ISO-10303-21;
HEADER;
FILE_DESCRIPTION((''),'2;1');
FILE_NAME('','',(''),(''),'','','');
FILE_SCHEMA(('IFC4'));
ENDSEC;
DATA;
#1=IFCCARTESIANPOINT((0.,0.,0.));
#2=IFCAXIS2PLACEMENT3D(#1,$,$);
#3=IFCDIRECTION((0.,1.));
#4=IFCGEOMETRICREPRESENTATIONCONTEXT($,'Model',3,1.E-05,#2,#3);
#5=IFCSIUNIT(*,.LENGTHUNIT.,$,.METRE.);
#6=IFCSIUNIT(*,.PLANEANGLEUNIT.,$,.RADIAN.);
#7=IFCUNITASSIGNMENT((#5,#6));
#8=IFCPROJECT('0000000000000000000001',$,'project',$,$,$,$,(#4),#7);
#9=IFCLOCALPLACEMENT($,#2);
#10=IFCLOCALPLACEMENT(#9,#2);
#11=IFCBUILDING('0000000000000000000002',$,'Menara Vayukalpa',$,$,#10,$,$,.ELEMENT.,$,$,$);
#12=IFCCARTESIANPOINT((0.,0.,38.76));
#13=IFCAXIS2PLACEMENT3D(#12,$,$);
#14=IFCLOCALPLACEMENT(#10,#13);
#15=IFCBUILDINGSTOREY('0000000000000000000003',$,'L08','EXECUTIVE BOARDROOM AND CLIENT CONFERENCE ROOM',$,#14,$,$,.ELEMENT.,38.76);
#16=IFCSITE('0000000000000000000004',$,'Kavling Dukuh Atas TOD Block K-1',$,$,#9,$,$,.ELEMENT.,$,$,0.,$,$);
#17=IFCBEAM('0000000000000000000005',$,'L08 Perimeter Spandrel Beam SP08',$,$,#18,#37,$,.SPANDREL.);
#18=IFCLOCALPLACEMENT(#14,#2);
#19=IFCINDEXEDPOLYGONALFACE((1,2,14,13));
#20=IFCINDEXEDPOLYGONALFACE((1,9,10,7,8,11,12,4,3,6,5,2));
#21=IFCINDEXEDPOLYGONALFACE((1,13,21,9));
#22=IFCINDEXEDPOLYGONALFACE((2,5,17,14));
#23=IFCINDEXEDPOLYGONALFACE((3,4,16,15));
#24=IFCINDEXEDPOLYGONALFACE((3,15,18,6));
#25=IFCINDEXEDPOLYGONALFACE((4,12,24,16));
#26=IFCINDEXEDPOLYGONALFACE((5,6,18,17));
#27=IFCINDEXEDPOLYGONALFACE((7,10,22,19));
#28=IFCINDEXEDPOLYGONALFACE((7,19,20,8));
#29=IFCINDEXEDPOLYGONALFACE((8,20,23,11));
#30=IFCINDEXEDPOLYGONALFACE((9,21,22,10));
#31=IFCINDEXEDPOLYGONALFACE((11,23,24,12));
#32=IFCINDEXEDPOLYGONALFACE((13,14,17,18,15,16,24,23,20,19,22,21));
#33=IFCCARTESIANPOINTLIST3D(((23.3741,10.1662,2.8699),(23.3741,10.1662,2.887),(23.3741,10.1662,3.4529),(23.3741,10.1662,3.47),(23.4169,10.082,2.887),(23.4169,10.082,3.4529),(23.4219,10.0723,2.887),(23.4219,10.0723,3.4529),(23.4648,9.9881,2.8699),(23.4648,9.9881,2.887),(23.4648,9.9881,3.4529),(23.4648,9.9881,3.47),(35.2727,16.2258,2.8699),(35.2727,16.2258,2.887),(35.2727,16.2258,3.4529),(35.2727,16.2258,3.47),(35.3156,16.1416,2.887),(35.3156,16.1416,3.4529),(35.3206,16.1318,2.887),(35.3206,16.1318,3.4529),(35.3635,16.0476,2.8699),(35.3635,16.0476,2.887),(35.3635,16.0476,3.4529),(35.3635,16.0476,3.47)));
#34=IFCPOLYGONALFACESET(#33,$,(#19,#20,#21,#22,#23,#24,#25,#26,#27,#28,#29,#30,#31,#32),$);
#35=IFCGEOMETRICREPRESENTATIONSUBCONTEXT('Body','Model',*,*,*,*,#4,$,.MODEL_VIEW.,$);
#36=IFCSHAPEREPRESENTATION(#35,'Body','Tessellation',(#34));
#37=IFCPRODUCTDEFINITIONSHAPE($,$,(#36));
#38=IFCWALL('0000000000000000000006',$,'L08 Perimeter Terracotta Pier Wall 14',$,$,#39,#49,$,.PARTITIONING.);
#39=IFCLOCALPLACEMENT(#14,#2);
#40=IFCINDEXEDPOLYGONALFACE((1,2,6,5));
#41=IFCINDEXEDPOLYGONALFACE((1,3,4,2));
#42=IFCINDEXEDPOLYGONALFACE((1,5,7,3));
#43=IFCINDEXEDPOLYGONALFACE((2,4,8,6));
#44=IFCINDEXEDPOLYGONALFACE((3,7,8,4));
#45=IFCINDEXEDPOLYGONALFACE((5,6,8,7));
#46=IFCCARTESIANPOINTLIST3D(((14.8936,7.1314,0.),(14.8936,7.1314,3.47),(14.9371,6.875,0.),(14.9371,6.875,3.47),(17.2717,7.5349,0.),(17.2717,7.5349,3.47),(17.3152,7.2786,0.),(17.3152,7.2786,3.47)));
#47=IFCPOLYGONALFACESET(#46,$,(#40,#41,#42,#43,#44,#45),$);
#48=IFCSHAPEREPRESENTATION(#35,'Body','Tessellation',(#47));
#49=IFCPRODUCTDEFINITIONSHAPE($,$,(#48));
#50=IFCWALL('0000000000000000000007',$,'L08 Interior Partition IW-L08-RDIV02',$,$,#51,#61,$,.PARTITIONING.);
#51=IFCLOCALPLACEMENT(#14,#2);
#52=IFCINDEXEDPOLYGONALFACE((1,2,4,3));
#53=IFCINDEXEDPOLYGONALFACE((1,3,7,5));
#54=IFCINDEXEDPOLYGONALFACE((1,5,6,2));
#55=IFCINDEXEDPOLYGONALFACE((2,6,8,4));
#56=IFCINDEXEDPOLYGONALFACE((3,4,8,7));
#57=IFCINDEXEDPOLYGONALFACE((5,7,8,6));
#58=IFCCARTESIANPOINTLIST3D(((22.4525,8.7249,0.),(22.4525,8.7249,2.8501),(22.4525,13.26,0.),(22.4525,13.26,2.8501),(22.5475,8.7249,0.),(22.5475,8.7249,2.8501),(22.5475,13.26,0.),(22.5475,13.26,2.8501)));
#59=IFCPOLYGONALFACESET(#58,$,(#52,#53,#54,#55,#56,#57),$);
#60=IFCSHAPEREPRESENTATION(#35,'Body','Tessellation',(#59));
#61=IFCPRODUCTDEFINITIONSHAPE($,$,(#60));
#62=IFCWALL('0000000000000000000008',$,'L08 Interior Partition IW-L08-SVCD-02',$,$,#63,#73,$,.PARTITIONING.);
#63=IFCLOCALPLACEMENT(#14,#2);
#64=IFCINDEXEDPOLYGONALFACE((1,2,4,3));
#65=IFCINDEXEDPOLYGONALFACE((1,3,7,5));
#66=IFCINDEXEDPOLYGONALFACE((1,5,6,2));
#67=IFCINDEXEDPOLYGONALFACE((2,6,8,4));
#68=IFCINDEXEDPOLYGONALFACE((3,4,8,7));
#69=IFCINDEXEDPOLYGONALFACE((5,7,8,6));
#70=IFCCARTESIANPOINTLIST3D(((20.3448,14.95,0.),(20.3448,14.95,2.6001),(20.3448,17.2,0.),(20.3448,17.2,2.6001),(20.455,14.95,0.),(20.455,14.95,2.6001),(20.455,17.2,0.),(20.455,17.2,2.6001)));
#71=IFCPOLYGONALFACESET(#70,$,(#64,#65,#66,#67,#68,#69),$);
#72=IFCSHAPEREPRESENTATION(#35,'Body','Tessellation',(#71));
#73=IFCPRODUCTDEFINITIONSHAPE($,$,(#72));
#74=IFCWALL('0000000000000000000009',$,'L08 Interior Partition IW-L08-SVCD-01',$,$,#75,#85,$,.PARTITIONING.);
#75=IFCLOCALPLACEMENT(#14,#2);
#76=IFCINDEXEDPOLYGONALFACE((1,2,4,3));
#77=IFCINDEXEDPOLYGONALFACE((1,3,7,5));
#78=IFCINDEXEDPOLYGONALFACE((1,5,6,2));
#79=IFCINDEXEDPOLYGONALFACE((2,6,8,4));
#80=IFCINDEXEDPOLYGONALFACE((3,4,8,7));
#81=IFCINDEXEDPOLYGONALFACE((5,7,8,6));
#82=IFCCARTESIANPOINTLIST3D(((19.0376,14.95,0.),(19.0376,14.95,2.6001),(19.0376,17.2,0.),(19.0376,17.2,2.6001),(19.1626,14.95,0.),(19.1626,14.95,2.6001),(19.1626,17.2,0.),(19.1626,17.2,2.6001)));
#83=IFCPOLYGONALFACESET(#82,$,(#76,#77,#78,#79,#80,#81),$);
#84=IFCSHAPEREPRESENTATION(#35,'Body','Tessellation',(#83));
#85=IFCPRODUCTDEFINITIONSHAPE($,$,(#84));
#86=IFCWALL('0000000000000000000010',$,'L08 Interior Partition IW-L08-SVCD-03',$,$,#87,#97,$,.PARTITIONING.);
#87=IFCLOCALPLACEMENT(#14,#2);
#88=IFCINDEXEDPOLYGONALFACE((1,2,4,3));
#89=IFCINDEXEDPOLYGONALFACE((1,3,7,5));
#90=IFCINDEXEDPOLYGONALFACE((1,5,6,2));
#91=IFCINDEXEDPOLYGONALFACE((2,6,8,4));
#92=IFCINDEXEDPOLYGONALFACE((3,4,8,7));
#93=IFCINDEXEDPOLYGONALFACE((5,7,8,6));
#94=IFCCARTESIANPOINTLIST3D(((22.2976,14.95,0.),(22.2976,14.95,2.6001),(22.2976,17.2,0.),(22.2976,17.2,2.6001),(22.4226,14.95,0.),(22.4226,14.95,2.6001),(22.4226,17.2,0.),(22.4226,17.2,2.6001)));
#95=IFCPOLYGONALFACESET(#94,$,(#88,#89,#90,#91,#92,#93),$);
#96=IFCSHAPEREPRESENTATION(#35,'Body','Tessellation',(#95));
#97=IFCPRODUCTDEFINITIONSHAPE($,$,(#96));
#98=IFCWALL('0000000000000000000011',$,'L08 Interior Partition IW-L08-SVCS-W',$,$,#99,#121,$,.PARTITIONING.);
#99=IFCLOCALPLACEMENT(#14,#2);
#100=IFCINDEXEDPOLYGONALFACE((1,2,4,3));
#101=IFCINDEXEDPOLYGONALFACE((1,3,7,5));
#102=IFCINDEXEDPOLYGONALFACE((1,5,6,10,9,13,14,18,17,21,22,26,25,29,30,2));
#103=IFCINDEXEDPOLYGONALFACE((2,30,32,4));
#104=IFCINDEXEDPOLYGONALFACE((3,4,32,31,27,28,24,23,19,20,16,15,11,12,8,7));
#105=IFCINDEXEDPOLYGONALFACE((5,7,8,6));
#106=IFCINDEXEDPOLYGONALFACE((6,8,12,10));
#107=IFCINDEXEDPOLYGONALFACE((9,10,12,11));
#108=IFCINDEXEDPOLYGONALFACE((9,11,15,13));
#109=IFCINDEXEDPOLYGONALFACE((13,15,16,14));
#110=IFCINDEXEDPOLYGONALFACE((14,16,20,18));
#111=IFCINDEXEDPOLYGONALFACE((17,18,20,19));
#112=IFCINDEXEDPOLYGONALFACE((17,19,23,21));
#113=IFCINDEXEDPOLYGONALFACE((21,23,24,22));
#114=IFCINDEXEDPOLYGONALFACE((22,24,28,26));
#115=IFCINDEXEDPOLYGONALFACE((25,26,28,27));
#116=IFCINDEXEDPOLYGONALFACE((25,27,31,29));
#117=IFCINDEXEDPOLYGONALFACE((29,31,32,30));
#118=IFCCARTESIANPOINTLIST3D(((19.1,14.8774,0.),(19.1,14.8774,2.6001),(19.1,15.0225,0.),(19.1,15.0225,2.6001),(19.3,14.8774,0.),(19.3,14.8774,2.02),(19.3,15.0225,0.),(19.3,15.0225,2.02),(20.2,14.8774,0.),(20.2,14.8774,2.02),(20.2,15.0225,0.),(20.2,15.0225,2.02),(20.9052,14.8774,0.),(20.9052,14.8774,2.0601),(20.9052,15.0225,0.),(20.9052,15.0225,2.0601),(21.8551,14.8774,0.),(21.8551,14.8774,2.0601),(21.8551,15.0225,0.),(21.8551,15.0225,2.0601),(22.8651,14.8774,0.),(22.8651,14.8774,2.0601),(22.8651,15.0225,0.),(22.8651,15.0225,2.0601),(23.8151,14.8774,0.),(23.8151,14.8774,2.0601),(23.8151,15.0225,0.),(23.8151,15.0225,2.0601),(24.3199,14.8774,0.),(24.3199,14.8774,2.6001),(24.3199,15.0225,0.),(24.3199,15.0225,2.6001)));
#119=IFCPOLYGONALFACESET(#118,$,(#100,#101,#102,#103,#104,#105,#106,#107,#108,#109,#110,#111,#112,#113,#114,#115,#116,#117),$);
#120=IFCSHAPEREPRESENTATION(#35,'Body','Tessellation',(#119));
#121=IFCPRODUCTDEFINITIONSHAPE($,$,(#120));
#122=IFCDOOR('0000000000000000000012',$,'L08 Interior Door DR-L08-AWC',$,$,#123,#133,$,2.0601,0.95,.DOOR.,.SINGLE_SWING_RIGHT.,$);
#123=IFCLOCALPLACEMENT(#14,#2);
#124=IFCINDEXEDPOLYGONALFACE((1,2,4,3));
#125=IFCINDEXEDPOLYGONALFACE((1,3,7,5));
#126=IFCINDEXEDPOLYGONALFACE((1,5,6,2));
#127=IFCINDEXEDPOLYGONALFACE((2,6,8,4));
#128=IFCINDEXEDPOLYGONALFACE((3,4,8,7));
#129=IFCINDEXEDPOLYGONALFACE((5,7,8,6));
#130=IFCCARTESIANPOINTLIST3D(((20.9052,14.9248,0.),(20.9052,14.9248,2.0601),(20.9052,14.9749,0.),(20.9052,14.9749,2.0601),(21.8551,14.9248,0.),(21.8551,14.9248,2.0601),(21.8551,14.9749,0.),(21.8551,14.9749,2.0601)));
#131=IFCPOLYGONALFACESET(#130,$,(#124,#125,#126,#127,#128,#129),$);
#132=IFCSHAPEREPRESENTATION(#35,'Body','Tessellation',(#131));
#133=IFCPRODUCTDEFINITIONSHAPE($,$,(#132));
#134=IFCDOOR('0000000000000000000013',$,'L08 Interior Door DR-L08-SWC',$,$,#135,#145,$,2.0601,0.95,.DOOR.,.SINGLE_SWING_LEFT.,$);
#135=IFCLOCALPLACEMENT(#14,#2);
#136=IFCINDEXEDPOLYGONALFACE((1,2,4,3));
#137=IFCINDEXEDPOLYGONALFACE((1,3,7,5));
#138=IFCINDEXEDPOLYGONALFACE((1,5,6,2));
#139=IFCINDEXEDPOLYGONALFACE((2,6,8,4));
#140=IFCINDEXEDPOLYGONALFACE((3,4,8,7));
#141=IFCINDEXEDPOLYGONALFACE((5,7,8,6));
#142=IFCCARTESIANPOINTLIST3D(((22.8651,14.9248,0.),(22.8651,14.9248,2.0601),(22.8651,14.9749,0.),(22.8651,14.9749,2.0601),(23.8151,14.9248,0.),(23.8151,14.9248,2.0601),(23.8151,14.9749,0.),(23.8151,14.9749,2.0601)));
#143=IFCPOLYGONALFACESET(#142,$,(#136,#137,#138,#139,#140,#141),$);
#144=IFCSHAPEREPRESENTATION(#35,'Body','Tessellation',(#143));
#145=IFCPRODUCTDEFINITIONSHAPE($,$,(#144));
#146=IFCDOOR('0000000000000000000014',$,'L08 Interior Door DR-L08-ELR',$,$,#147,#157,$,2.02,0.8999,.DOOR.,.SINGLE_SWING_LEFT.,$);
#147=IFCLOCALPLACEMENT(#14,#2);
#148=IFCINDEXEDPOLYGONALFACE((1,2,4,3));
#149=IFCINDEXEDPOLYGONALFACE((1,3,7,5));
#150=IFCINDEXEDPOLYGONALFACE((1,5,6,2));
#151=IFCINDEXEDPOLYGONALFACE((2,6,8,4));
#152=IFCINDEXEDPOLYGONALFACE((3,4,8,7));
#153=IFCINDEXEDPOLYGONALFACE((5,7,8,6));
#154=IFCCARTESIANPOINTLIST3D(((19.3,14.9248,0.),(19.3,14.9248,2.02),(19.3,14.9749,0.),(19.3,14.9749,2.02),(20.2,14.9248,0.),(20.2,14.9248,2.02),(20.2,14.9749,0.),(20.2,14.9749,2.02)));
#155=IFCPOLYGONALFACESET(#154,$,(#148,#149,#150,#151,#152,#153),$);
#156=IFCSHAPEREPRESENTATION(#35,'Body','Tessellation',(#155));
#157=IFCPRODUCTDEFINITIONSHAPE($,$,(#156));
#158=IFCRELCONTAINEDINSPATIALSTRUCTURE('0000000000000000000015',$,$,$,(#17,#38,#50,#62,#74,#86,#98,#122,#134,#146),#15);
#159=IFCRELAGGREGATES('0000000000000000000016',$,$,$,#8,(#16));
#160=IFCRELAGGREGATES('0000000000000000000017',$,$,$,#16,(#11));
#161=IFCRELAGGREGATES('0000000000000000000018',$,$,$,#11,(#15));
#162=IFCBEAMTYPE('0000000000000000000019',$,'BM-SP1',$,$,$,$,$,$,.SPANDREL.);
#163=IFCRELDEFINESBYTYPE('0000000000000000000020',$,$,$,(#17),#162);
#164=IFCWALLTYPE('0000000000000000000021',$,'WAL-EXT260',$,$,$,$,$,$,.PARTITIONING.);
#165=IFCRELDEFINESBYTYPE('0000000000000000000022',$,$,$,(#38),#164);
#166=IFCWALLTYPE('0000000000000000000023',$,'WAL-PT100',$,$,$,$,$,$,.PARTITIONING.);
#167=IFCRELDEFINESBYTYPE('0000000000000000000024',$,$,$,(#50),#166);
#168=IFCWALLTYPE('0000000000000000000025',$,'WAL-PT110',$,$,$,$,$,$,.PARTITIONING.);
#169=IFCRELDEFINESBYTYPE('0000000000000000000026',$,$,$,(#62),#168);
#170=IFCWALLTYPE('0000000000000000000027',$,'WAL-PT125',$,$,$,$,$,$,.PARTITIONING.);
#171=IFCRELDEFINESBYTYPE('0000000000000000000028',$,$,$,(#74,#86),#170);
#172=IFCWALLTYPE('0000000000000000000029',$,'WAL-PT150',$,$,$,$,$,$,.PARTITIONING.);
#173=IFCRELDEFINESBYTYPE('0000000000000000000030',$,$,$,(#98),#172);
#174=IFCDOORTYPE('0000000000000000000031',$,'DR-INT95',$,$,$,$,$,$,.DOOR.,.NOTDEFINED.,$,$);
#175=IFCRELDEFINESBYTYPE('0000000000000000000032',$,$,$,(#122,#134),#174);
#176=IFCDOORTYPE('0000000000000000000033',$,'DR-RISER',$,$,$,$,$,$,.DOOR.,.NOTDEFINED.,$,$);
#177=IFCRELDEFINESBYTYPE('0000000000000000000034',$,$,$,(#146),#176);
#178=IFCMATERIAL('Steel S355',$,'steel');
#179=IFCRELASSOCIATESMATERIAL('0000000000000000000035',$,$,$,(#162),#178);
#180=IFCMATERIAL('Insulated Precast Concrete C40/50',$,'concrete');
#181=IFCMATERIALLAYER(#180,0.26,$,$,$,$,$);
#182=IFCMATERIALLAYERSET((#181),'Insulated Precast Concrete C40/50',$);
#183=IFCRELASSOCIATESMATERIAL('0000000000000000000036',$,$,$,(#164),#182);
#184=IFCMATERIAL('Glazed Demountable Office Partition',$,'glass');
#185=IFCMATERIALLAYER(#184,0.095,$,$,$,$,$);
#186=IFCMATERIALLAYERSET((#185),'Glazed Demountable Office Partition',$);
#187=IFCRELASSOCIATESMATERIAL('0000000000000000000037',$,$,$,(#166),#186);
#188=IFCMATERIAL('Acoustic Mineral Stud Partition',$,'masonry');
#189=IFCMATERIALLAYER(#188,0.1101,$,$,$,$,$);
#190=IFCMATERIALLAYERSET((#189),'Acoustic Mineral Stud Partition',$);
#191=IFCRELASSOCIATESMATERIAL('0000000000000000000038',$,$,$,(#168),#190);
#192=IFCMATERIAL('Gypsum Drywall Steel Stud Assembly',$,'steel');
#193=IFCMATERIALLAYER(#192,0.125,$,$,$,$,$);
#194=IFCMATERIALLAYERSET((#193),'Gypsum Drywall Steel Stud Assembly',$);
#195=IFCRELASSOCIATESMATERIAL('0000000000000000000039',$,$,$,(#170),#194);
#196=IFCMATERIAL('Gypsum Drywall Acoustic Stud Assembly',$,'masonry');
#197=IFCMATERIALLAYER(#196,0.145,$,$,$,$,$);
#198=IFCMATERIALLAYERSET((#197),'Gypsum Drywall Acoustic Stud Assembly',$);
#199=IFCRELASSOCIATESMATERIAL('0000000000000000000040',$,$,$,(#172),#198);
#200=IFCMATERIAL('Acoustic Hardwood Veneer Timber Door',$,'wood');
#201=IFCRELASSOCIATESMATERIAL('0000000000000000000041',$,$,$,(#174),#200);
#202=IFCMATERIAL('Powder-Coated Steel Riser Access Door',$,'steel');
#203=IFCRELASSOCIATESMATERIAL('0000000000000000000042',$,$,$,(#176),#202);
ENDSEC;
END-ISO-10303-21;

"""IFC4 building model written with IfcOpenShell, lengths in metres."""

from ifc_helpers import new_model, si_unit, direction, frame, frame_2d, origin, origin_2d, place, context, subcontext, project, spatial, rectangle, i_section, extrude, material, layer, layer_set, material_profile, profile_set, type_object, element, fill, save


model = new_model("IFC4")

# Units and contexts
model_context = context("Model", 3, precision=1e-05, world=origin(), true_north=direction((0.0, 1.0)))
body_context = subcontext(model_context, "Body", "Model", "MODEL_VIEW")
ifc_project = project(units=[si_unit("LENGTHUNIT", "METRE"), si_unit("PLANEANGLEUNIT", "RADIAN")], contexts=[model_context])

# Site, building, storey
site_placement = place(None, origin())
site = spatial("IfcSite", under=ifc_project, at=site_placement, Name="Kavling Dukuh Atas TOD Block K-1", CompositionType="ELEMENT", RefElevation=0.0)
building_placement = place(site_placement, origin())
building = spatial("IfcBuilding", under=site, at=building_placement, Name="Menara Vayukalpa", CompositionType="ELEMENT")
storey_placement = place(building_placement, frame((0.0, 0.0, 38.76)))
storey = spatial("IfcBuildingStorey", under=building, at=storey_placement, Name="L08", Description="EXECUTIVE BOARDROOM AND CLIENT CONFERENCE ROOM", CompositionType="ELEMENT", Elevation=38.76)

# Beam
ifc_material_1 = material(Name="Steel S355", Category="steel")
ifc_material_profile_1 = material_profile(ifc_material_1, i_section(OverallWidth=0.2, OverallDepth=0.6001, WebThickness=0.011, FlangeThickness=0.0171, at=origin_2d()), Name="WF 600x200x11x17")
ifc_profile_set_1 = profile_set([ifc_material_profile_1], Name="Steel S355")
beam_type_1 = type_object("IfcBeamType", Name="BM-SP1", PredefinedType="SPANDREL", material=ifc_profile_set_1)
beam_1_placement = place(storey_placement, frame((23.4194, 10.0771, 3.1699), z_axis=(0.891101, 0.453806, 0.0), x_axis=(-0.453806, 0.891101, 0.0)))
element("IfcBeam", 1, at=beam_1_placement, inside=storey, type_object=beam_type_1, Name="L08 Perimeter Spandrel Beam SP08", PredefinedType="SPANDREL", context=body_context, shape_type="SweptSolid", body=[
    extrude(i_section(OverallWidth=0.2, OverallDepth=0.6001, WebThickness=0.011, FlangeThickness=0.0171, at=origin_2d()), origin(), (0.0, 0.0, 1.0), 13.3528),
])

# Walls
ifc_material_2 = material(Name="Insulated Precast Concrete C40/50", Category="concrete")
ifc_layer_1 = layer(ifc_material_2, 0.26)
ifc_layer_set_1 = layer_set([ifc_layer_1], Name="Insulated Precast Concrete C40/50")
wall_type_1 = type_object("IfcWallType", Name="WAL-EXT260", PredefinedType="PARTITIONING", material=ifc_layer_set_1)
wall_1_placement = place(storey_placement, frame((17.2935, 7.4067, 0.0), z_axis=(0.0, 0.0, 1.0), x_axis=(-0.985905, -0.167303, 0.0)))
element("IfcWall", 2, at=wall_1_placement, inside=storey, type_object=wall_type_1, Name="L08 Perimeter Terracotta Pier Wall 14", PredefinedType="PARTITIONING", context=body_context, shape_type="SweptSolid", body=[
    extrude(rectangle(XDim=2.4121, YDim=0.26, at=frame_2d((1.2061, 0.0))), origin(), (0.0, 0.0, 1.0), 3.47),
])
ifc_material_3 = material(Name="Glazed Demountable Office Partition", Category="glass")
ifc_layer_2 = layer(ifc_material_3, 0.095)
ifc_layer_set_2 = layer_set([ifc_layer_2], Name="Glazed Demountable Office Partition")
wall_type_2 = type_object("IfcWallType", Name="WAL-PT100", PredefinedType="PARTITIONING", material=ifc_layer_set_2)
wall_2_placement = place(storey_placement, frame((22.5, 8.7249, 0.0), z_axis=(0.0, 0.0, 1.0), x_axis=(0.0, 1.0, 0.0)))
element("IfcWall", 3, at=wall_2_placement, inside=storey, type_object=wall_type_2, Name="L08 Interior Partition IW-L08-RDIV02", PredefinedType="PARTITIONING", context=body_context, shape_type="SweptSolid", body=[
    extrude(rectangle(XDim=4.5352, YDim=0.095, at=frame_2d((2.2676, 0.0))), origin(), (0.0, 0.0, 1.0), 2.8501),
])
ifc_material_4 = material(Name="Acoustic Mineral Stud Partition", Category="masonry")
ifc_layer_3 = layer(ifc_material_4, 0.1101)
ifc_layer_set_3 = layer_set([ifc_layer_3], Name="Acoustic Mineral Stud Partition")
wall_type_3 = type_object("IfcWallType", Name="WAL-PT110", PredefinedType="PARTITIONING", material=ifc_layer_set_3)
wall_3_placement = place(storey_placement, frame((20.3999, 14.95, 0.0), z_axis=(0.0, 0.0, 1.0), x_axis=(0.0, 1.0, 0.0)))
element("IfcWall", 4, at=wall_3_placement, inside=storey, type_object=wall_type_3, Name="L08 Interior Partition IW-L08-SVCD-02", PredefinedType="PARTITIONING", context=body_context, shape_type="SweptSolid", body=[
    extrude(rectangle(XDim=2.25, YDim=0.1101, at=frame_2d((1.125, 0.0))), origin(), (0.0, 0.0, 1.0), 2.6001),
])
ifc_material_5 = material(Name="Gypsum Drywall Steel Stud Assembly", Category="steel")
ifc_layer_4 = layer(ifc_material_5, 0.125)
ifc_layer_set_4 = layer_set([ifc_layer_4], Name="Gypsum Drywall Steel Stud Assembly")
wall_type_4 = type_object("IfcWallType", Name="WAL-PT125", PredefinedType="PARTITIONING", material=ifc_layer_set_4)
for number, where, z_axis, x_axis, name in (
    (5, (19.1001, 14.95, 0.0), (0.0, 0.0, 1.0), (0.0, 1.0, 0.0), "L08 Interior Partition IW-L08-SVCD-01"),
    (6, (22.3601, 14.95, 0.0), (0.0, 0.0, 1.0), (0.0, 1.0, 0.0), "L08 Interior Partition IW-L08-SVCD-03"),
):
    element("IfcWall", number, at=place(storey_placement, frame(where, z_axis=z_axis, x_axis=x_axis)), inside=storey, type_object=wall_type_4, Name=name, PredefinedType="PARTITIONING", context=body_context, shape_type="SweptSolid", body=[
        extrude(rectangle(XDim=2.25, YDim=0.125, at=frame_2d((1.125, 0.0))), origin(), (0.0, 0.0, 1.0), 2.6001),
    ])

# Wall, openings, doors
ifc_material_6 = material(Name="Gypsum Drywall Acoustic Stud Assembly", Category="masonry")
ifc_layer_5 = layer(ifc_material_6, 0.145)
ifc_layer_set_5 = layer_set([ifc_layer_5], Name="Gypsum Drywall Acoustic Stud Assembly")
wall_type_5 = type_object("IfcWallType", Name="WAL-PT150", PredefinedType="PARTITIONING", material=ifc_layer_set_5)
wall_4_placement = place(storey_placement, frame((19.1001, 14.95, 0.0), z_axis=(0.0, 0.0, 1.0), x_axis=(1.0, 0.0, 0.0)))
wall_4 = element("IfcWall", 7, at=wall_4_placement, inside=storey, type_object=wall_type_5, Name="L08 Interior Partition IW-L08-SVCS-W", PredefinedType="PARTITIONING", context=body_context, shape_type="SweptSolid", body=[
    extrude(rectangle(XDim=5.22, YDim=0.145, at=frame_2d((2.6099, 0.0))), origin(), (0.0, 0.0, 1.0), 2.6001),
])
opening_1_placement = place(wall_4_placement, frame((0.2, 0.0, 0.0)))
opening_1 = element("IfcOpeningElement", 8, at=opening_1_placement, cuts=wall_4, PredefinedType="OPENING", context=body_context, shape_type="SweptSolid", body=[
    extrude(rectangle(XDim=0.8999, YDim=2.02, at=frame_2d((0.45, 1.01))), frame((0.0, 0.0825, 0.0), z_axis=(0.0, -1.0, 0.0), x_axis=(1.0, 0.0, 0.0)), (0.0, 0.0, 1.0), 0.165),
])
opening_2_placement = place(wall_4_placement, frame((1.8049, 0.0, 0.0)))
opening_2 = element("IfcOpeningElement", 9, at=opening_2_placement, cuts=wall_4, PredefinedType="OPENING", context=body_context, shape_type="SweptSolid", body=[
    extrude(rectangle(XDim=0.95, YDim=2.0601, at=frame_2d((0.4751, 1.03))), frame((0.0, 0.0825, 0.0), z_axis=(0.0, -1.0, 0.0), x_axis=(1.0, 0.0, 0.0)), (0.0, 0.0, 1.0), 0.165),
])
opening_3_placement = place(wall_4_placement, frame((3.7649, 0.0, 0.0)))
opening_3 = element("IfcOpeningElement", 10, at=opening_3_placement, cuts=wall_4, PredefinedType="OPENING", context=body_context, shape_type="SweptSolid", body=[
    extrude(rectangle(XDim=0.95, YDim=2.0601, at=frame_2d((0.4751, 1.03))), frame((0.0, 0.0825, 0.0), z_axis=(0.0, -1.0, 0.0), x_axis=(1.0, 0.0, 0.0)), (0.0, 0.0, 1.0), 0.165),
])
ifc_material_7 = material(Name="Acoustic Hardwood Veneer Timber Door", Category="wood")
door_type_1 = type_object("IfcDoorType", Name="DR-INT95", OperationType="NOTDEFINED", PredefinedType="DOOR", material=ifc_material_7)
door_1_placement = place(opening_2_placement, origin())
door_1 = element("IfcDoor", 11, at=door_1_placement, inside=storey, type_object=door_type_1, Name="L08 Interior Door DR-L08-AWC", OperationType="SINGLE_SWING_RIGHT", OverallHeight=2.0601, OverallWidth=0.95, PredefinedType="DOOR", context=body_context, shape_type="SweptSolid", body=[
    extrude(rectangle(XDim=0.95, YDim=2.0601, at=frame_2d((0.4751, 1.03))), frame((0.0, 0.0249, 0.0), z_axis=(0.0, -1.0, 0.0), x_axis=(1.0, 0.0, 0.0)), (0.0, 0.0, 1.0), 0.05),
])
fill(opening_2, door_1)
door_2_placement = place(opening_3_placement, origin())
door_2 = element("IfcDoor", 12, at=door_2_placement, inside=storey, type_object=door_type_1, Name="L08 Interior Door DR-L08-SWC", OperationType="SINGLE_SWING_LEFT", OverallHeight=2.0601, OverallWidth=0.95, PredefinedType="DOOR", context=body_context, shape_type="SweptSolid", body=[
    extrude(rectangle(XDim=0.95, YDim=2.0601, at=frame_2d((0.4751, 1.03))), frame((0.0, 0.0249, 0.0), z_axis=(0.0, -1.0, 0.0), x_axis=(1.0, 0.0, 0.0)), (0.0, 0.0, 1.0), 0.05),
])
fill(opening_3, door_2)
ifc_material_8 = material(Name="Powder-Coated Steel Riser Access Door", Category="steel")
door_type_2 = type_object("IfcDoorType", Name="DR-RISER", OperationType="NOTDEFINED", PredefinedType="DOOR", material=ifc_material_8)
door_3_placement = place(opening_1_placement, origin())
door_3 = element("IfcDoor", 13, at=door_3_placement, inside=storey, type_object=door_type_2, Name="L08 Interior Door DR-L08-ELR", OperationType="SINGLE_SWING_LEFT", OverallHeight=2.02, OverallWidth=0.8999, PredefinedType="DOOR", context=body_context, shape_type="SweptSolid", body=[
    extrude(rectangle(XDim=0.8999, YDim=2.02, at=frame_2d((0.45, 1.01))), frame((0.0, 0.0249, 0.0), z_axis=(0.0, -1.0, 0.0), x_axis=(1.0, 0.0, 0.0)), (0.0, 0.0, 1.0), 0.05),
])
fill(opening_1, door_3)

save(model, "model.ifc")
